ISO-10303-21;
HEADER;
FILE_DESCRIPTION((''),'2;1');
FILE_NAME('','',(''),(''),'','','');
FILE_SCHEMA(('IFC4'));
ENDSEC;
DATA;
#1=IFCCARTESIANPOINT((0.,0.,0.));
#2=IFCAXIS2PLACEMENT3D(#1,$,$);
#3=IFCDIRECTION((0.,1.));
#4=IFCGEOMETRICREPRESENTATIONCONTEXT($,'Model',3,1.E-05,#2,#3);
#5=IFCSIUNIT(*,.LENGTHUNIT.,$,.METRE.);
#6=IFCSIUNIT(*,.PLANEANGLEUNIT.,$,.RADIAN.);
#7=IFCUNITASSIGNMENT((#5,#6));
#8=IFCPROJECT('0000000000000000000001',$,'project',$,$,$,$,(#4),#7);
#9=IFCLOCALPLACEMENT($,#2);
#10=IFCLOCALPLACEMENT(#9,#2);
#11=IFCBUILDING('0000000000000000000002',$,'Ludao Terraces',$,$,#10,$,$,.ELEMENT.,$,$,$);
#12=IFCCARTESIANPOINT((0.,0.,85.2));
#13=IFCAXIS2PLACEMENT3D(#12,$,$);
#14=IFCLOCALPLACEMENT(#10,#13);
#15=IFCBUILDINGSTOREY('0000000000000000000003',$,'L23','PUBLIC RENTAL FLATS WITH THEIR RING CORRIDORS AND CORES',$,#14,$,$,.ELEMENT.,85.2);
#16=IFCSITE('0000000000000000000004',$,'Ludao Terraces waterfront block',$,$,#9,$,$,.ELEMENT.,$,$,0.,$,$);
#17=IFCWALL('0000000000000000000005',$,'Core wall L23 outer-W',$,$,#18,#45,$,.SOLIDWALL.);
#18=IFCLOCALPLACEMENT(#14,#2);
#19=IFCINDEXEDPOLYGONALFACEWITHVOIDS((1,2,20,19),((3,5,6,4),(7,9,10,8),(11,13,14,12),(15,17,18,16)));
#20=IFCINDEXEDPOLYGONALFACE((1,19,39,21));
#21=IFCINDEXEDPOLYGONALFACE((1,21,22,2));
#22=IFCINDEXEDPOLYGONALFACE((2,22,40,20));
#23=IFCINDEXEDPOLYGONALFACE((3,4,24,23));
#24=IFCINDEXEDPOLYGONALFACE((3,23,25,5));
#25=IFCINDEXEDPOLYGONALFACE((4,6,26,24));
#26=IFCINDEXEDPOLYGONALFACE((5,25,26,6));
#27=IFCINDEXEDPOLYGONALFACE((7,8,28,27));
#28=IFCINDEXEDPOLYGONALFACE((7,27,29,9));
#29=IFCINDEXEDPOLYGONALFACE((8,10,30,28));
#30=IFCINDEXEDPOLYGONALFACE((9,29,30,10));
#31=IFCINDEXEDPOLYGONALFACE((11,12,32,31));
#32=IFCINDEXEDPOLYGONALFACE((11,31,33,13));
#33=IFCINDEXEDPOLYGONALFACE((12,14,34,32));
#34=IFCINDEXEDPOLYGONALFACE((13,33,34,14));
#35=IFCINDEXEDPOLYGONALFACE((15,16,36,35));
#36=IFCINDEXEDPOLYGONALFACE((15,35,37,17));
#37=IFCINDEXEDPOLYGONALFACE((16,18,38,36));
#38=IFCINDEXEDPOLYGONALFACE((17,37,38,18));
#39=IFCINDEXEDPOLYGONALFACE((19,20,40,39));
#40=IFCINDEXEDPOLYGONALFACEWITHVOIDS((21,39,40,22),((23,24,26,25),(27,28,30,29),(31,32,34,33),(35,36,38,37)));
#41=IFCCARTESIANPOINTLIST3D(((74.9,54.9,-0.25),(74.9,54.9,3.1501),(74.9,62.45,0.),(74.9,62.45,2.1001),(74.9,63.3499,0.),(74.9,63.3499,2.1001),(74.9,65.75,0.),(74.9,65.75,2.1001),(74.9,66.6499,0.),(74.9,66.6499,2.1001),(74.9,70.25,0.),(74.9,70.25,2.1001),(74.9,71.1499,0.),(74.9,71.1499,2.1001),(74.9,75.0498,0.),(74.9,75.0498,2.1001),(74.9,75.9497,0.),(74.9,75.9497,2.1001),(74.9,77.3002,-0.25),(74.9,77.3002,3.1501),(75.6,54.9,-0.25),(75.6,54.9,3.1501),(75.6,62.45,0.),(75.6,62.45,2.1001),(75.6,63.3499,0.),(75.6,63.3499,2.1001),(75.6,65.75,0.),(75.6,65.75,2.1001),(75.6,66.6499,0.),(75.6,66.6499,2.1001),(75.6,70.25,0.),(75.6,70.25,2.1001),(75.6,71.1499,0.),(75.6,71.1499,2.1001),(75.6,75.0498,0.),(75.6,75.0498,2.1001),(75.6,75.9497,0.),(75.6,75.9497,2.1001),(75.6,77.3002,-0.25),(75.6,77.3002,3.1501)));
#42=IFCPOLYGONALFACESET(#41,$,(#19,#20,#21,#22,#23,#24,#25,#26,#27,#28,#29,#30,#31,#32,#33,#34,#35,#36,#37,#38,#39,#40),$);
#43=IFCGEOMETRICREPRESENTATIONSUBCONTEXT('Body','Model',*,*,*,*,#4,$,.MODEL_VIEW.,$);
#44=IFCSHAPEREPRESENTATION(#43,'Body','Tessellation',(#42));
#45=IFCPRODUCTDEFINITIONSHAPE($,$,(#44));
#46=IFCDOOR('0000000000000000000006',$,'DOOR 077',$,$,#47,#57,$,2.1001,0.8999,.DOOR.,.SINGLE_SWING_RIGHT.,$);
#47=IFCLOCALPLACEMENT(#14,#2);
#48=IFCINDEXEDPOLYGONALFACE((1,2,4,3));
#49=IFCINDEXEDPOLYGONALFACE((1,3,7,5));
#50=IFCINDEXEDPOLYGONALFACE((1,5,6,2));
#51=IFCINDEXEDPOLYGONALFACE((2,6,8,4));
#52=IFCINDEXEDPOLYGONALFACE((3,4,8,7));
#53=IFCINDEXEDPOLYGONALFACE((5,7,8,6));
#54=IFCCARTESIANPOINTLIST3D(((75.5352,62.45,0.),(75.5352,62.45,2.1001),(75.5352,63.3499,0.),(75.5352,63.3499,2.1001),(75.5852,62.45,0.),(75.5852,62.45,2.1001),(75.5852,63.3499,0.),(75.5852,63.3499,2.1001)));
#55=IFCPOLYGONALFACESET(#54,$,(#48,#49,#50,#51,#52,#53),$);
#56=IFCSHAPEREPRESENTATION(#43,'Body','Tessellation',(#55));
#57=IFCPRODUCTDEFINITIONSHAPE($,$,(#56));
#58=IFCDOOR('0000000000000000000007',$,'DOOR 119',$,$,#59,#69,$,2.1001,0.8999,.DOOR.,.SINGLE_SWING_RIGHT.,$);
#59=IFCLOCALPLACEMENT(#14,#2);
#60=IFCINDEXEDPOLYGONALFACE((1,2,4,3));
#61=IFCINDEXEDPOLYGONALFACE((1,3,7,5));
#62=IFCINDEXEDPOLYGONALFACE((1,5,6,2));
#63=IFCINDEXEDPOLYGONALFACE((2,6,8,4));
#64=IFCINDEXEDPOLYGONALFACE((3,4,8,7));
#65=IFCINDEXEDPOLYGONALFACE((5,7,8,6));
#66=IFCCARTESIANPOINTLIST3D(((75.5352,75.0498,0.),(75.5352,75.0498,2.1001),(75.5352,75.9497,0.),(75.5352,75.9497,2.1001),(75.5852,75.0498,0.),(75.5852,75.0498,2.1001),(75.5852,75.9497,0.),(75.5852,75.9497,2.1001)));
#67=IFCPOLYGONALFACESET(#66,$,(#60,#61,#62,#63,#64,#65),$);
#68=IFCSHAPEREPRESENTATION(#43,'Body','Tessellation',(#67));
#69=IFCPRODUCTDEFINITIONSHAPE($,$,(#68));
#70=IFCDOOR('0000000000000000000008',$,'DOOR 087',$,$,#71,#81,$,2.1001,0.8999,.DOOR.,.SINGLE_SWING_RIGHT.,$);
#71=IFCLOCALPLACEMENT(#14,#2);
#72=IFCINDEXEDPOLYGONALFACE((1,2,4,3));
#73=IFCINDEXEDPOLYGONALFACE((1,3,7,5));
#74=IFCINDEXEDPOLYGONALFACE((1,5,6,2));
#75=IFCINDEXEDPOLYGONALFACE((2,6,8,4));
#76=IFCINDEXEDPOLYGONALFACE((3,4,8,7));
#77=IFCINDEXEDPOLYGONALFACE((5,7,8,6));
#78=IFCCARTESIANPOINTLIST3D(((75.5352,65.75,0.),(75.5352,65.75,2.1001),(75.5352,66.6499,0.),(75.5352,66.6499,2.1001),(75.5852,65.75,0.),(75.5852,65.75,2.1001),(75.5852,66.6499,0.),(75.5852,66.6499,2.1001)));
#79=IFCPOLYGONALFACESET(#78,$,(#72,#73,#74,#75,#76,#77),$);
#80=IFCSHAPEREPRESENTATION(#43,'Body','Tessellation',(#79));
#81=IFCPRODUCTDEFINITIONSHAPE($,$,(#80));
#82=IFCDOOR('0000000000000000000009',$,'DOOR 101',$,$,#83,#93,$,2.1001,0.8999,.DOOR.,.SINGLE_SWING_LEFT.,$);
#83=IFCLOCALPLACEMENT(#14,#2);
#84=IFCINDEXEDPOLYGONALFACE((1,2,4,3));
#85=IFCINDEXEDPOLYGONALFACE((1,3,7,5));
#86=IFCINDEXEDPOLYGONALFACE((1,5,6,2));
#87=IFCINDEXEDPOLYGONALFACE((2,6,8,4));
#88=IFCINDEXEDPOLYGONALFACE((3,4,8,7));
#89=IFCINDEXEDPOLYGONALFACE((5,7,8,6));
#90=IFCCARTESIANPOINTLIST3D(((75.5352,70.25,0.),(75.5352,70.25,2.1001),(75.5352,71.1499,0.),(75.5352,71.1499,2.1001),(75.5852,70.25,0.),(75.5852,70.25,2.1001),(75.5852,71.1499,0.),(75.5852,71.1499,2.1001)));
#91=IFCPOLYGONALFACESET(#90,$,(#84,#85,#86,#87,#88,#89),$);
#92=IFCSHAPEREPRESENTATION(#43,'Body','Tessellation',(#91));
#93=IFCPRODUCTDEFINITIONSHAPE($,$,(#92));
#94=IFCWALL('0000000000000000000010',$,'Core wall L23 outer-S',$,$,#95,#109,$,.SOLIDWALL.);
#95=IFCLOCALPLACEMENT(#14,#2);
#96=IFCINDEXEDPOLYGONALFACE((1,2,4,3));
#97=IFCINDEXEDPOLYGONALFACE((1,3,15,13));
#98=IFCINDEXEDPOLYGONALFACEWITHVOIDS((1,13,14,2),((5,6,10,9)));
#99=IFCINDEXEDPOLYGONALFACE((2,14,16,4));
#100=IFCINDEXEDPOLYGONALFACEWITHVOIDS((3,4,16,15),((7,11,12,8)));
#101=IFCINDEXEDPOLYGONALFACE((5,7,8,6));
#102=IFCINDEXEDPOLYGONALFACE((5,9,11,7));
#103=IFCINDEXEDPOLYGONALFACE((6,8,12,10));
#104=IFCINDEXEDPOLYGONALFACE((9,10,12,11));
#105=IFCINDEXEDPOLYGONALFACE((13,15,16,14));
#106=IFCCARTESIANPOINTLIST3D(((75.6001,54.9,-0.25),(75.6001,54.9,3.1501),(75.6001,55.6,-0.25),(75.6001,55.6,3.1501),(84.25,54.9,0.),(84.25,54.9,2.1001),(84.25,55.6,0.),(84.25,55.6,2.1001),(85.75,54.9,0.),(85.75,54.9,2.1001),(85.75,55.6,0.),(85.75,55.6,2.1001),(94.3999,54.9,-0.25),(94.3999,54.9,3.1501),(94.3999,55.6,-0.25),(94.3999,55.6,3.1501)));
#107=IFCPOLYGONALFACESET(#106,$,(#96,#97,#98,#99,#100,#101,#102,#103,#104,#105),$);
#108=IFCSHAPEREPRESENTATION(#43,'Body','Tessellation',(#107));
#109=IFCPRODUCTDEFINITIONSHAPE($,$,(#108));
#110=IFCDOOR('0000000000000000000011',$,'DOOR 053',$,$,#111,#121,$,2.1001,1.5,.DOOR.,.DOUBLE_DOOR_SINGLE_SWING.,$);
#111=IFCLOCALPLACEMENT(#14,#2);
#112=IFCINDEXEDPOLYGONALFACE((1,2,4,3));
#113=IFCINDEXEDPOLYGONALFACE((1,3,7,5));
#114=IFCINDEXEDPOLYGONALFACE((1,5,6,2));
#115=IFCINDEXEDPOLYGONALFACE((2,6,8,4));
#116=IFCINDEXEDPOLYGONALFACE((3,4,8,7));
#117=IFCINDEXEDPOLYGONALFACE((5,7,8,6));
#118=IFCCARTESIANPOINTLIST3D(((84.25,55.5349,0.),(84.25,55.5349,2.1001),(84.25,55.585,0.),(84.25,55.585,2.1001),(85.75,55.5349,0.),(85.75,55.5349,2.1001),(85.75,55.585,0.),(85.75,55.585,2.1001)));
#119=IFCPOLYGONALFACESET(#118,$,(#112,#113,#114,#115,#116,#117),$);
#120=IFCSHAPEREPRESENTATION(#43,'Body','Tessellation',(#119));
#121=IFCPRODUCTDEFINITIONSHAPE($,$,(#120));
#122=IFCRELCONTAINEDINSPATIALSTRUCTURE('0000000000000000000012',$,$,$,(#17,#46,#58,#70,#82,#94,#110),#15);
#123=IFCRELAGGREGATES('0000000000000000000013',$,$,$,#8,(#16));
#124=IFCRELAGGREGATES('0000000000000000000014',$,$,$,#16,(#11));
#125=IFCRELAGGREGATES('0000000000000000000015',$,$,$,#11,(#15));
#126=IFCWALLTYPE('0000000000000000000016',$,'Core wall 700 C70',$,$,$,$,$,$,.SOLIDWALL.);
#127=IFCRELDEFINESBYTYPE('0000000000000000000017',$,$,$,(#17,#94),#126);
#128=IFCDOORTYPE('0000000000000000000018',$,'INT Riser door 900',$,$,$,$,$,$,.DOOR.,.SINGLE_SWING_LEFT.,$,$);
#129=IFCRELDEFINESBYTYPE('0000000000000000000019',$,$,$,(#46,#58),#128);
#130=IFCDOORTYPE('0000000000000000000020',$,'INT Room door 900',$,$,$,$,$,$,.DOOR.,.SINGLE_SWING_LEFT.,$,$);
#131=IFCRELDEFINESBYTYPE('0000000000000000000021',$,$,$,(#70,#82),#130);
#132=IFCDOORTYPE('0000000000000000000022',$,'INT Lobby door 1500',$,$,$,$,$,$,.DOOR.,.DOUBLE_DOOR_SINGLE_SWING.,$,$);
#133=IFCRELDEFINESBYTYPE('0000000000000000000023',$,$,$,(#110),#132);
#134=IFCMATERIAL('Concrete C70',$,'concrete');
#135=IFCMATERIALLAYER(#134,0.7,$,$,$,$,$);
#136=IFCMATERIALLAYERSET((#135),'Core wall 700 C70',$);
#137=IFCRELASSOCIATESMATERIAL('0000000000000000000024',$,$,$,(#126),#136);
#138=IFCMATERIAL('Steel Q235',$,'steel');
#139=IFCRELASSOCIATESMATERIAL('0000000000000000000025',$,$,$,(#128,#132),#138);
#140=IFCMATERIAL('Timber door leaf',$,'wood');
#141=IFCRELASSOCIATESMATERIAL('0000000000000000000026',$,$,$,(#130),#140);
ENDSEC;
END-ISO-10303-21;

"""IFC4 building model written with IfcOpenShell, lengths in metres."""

from ifc_helpers import new_model, si_unit, direction, frame, frame_2d, origin, place, context, subcontext, project, spatial, rectangle, extrude, material, layer, layer_set, type_object, element, fill, save


model = new_model("IFC4")

# Units and contexts
model_context = context("Model", 3, precision=1e-05, world=origin(), true_north=direction((0.0, 1.0)))
body_context = subcontext(model_context, "Body", "Model", "MODEL_VIEW")
ifc_project = project(units=[si_unit("LENGTHUNIT", "METRE"), si_unit("PLANEANGLEUNIT", "RADIAN")], contexts=[model_context])

# Site, building, storey
site_placement = place(None, origin())
site = spatial("IfcSite", under=ifc_project, at=site_placement, Name="Ludao Terraces waterfront block", CompositionType="ELEMENT", RefElevation=0.0)
building_placement = place(site_placement, origin())
building = spatial("IfcBuilding", under=site, at=building_placement, Name="Ludao Terraces", CompositionType="ELEMENT")
storey_placement = place(building_placement, frame((0.0, 0.0, 85.2)))
storey = spatial("IfcBuildingStorey", under=building, at=storey_placement, Name="L23", Description="PUBLIC RENTAL FLATS WITH THEIR RING CORRIDORS AND CORES", CompositionType="ELEMENT", Elevation=85.2)

# Wall, openings, doors
ifc_material_1 = material(Name="Concrete C70", Category="concrete")
ifc_layer_1 = layer(ifc_material_1, 0.7)
ifc_layer_set_1 = layer_set([ifc_layer_1], Name="Core wall 700 C70")
wall_type_1 = type_object("IfcWallType", Name="Core wall 700 C70", PredefinedType="SOLIDWALL", material=ifc_layer_set_1)
wall_1_placement = place(storey_placement, frame((75.25, 54.8999, -0.25), z_axis=(0.0, 0.0, 1.0), x_axis=(0.0, 1.0, 0.0)))
wall_1 = element("IfcWall", 1, at=wall_1_placement, inside=storey, type_object=wall_type_1, Name="Core wall L23 outer-W", PredefinedType="SOLIDWALL", context=body_context, shape_type="SweptSolid", body=[
    extrude(rectangle(XDim=22.4001, YDim=0.7, at=frame_2d((11.2002, 0.0))), origin(), (0.0, 0.0, 1.0), 3.4001),
])
opening_1_placement = place(wall_1_placement, frame((7.55, 0.0, 0.25)))
opening_1 = element("IfcOpeningElement", 2, at=opening_1_placement, cuts=wall_1, PredefinedType="OPENING", context=body_context, shape_type="SweptSolid", body=[
    extrude(rectangle(XDim=0.8999, YDim=2.1001, at=frame_2d((0.45, 1.05))), frame((0.0, 0.3599, 0.0), z_axis=(0.0, -1.0, 0.0), x_axis=(1.0, 0.0, 0.0)), (0.0, 0.0, 1.0), 0.72),
])
opening_2_placement = place(wall_1_placement, frame((10.8501, 0.0, 0.25)))
opening_2 = element("IfcOpeningElement", 3, at=opening_2_placement, cuts=wall_1, PredefinedType="OPENING", context=body_context, shape_type="SweptSolid", body=[
    extrude(rectangle(XDim=0.8999, YDim=2.1001, at=frame_2d((0.45, 1.05))), frame((0.0, 0.3599, 0.0), z_axis=(0.0, -1.0, 0.0), x_axis=(1.0, 0.0, 0.0)), (0.0, 0.0, 1.0), 0.72),
])
opening_3_placement = place(wall_1_placement, frame((15.3501, 0.0, 0.25)))
opening_3 = element("IfcOpeningElement", 4, at=opening_3_placement, cuts=wall_1, PredefinedType="OPENING", context=body_context, shape_type="SweptSolid", body=[
    extrude(rectangle(XDim=0.8999, YDim=2.1001, at=frame_2d((0.45, 1.05))), frame((0.0, 0.3599, 0.0), z_axis=(0.0, -1.0, 0.0), x_axis=(1.0, 0.0, 0.0)), (0.0, 0.0, 1.0), 0.72),
])
opening_4_placement = place(wall_1_placement, frame((20.1499, 0.0, 0.25)))
opening_4 = element("IfcOpeningElement", 5, at=opening_4_placement, cuts=wall_1, PredefinedType="OPENING", context=body_context, shape_type="SweptSolid", body=[
    extrude(rectangle(XDim=0.8999, YDim=2.1001, at=frame_2d((0.45, 1.05))), frame((0.0, 0.3599, 0.0), z_axis=(0.0, -1.0, 0.0), x_axis=(1.0, 0.0, 0.0)), (0.0, 0.0, 1.0), 0.72),
])
ifc_material_2 = material(Name="Steel Q235", Category="steel")
door_type_1 = type_object("IfcDoorType", Name="INT Riser door 900", OperationType="SINGLE_SWING_LEFT", PredefinedType="DOOR", material=ifc_material_2)
door_1_placement = place(opening_1_placement, origin())
door_1 = element("IfcDoor", 6, at=door_1_placement, inside=storey, type_object=door_type_1, Name="DOOR 077", OperationType="SINGLE_SWING_RIGHT", OverallHeight=2.1001, OverallWidth=0.8999, PredefinedType="DOOR", context=body_context, shape_type="SweptSolid", body=[
    extrude(rectangle(XDim=0.8999, YDim=2.1001, at=frame_2d((0.45, 1.05))), frame((0.0, -0.2852, 0.0), z_axis=(0.0, -1.0, 0.0), x_axis=(1.0, 0.0, 0.0)), (0.0, 0.0, 1.0), 0.05),
])
fill(opening_1, door_1)
door_2_placement = place(opening_4_placement, origin())
door_2 = element("IfcDoor", 7, at=door_2_placement, inside=storey, type_object=door_type_1, Name="DOOR 119", OperationType="SINGLE_SWING_RIGHT", OverallHeight=2.1001, OverallWidth=0.8999, PredefinedType="DOOR", context=body_context, shape_type="SweptSolid", body=[
    extrude(rectangle(XDim=0.8999, YDim=2.1001, at=frame_2d((0.45, 1.05))), frame((0.0, -0.2852, 0.0), z_axis=(0.0, -1.0, 0.0), x_axis=(1.0, 0.0, 0.0)), (0.0, 0.0, 1.0), 0.05),
])
fill(opening_4, door_2)
ifc_material_3 = material(Name="Timber door leaf", Category="wood")
door_type_2 = type_object("IfcDoorType", Name="INT Room door 900", OperationType="SINGLE_SWING_LEFT", PredefinedType="DOOR", material=ifc_material_3)
door_3_placement = place(opening_2_placement, origin())
door_3 = element("IfcDoor", 8, at=door_3_placement, inside=storey, type_object=door_type_2, Name="DOOR 087", OperationType="SINGLE_SWING_RIGHT", OverallHeight=2.1001, OverallWidth=0.8999, PredefinedType="DOOR", context=body_context, shape_type="SweptSolid", body=[
    extrude(rectangle(XDim=0.8999, YDim=2.1001, at=frame_2d((0.45, 1.05))), frame((0.0, -0.2852, 0.0), z_axis=(0.0, -1.0, 0.0), x_axis=(1.0, 0.0, 0.0)), (0.0, 0.0, 1.0), 0.05),
])
fill(opening_2, door_3)
door_4_placement = place(opening_3_placement, origin())
door_4 = element("IfcDoor", 9, at=door_4_placement, inside=storey, type_object=door_type_2, Name="DOOR 101", OperationType="SINGLE_SWING_LEFT", OverallHeight=2.1001, OverallWidth=0.8999, PredefinedType="DOOR", context=body_context, shape_type="SweptSolid", body=[
    extrude(rectangle(XDim=0.8999, YDim=2.1001, at=frame_2d((0.45, 1.05))), frame((0.0, -0.2852, 0.0), z_axis=(0.0, -1.0, 0.0), x_axis=(1.0, 0.0, 0.0)), (0.0, 0.0, 1.0), 0.05),
])
fill(opening_3, door_4)

# Wall, opening, door
wall_2_placement = place(storey_placement, frame((75.6001, 55.25, -0.25), z_axis=(0.0, 0.0, 1.0), x_axis=(1.0, 0.0, 0.0)))
wall_2 = element("IfcWall", 10, at=wall_2_placement, inside=storey, type_object=wall_type_1, Name="Core wall L23 outer-S", PredefinedType="SOLIDWALL", context=body_context, shape_type="SweptSolid", body=[
    extrude(rectangle(XDim=18.7998, YDim=0.7, at=frame_2d((9.3999, 0.0))), origin(), (0.0, 0.0, 1.0), 3.4001),
])
opening_5_placement = place(wall_2_placement, frame((8.6499, 0.0, 0.25)))
opening_5 = element("IfcOpeningElement", 11, at=opening_5_placement, cuts=wall_2, PredefinedType="OPENING", context=body_context, shape_type="SweptSolid", body=[
    extrude(rectangle(XDim=1.5, YDim=2.1001, at=frame_2d((0.75, 1.05))), frame((0.0, 0.3599, 0.0), z_axis=(0.0, -1.0, 0.0), x_axis=(1.0, 0.0, 0.0)), (0.0, 0.0, 1.0), 0.72),
])
door_type_3 = type_object("IfcDoorType", Name="INT Lobby door 1500", OperationType="DOUBLE_DOOR_SINGLE_SWING", PredefinedType="DOOR", material=ifc_material_2)
door_5_placement = place(opening_5_placement, origin())
door_5 = element("IfcDoor", 12, at=door_5_placement, inside=storey, type_object=door_type_3, Name="DOOR 053", OperationType="DOUBLE_DOOR_SINGLE_SWING", OverallHeight=2.1001, OverallWidth=1.5, PredefinedType="DOOR", context=body_context, shape_type="SweptSolid", body=[
    extrude(rectangle(XDim=1.5, YDim=2.1001, at=frame_2d((0.75, 1.05))), frame((0.0, 0.335, 0.0), z_axis=(0.0, -1.0, 0.0), x_axis=(1.0, 0.0, 0.0)), (0.0, 0.0, 1.0), 0.05),
])
fill(opening_5, door_5)

save(model, "model.ifc")
